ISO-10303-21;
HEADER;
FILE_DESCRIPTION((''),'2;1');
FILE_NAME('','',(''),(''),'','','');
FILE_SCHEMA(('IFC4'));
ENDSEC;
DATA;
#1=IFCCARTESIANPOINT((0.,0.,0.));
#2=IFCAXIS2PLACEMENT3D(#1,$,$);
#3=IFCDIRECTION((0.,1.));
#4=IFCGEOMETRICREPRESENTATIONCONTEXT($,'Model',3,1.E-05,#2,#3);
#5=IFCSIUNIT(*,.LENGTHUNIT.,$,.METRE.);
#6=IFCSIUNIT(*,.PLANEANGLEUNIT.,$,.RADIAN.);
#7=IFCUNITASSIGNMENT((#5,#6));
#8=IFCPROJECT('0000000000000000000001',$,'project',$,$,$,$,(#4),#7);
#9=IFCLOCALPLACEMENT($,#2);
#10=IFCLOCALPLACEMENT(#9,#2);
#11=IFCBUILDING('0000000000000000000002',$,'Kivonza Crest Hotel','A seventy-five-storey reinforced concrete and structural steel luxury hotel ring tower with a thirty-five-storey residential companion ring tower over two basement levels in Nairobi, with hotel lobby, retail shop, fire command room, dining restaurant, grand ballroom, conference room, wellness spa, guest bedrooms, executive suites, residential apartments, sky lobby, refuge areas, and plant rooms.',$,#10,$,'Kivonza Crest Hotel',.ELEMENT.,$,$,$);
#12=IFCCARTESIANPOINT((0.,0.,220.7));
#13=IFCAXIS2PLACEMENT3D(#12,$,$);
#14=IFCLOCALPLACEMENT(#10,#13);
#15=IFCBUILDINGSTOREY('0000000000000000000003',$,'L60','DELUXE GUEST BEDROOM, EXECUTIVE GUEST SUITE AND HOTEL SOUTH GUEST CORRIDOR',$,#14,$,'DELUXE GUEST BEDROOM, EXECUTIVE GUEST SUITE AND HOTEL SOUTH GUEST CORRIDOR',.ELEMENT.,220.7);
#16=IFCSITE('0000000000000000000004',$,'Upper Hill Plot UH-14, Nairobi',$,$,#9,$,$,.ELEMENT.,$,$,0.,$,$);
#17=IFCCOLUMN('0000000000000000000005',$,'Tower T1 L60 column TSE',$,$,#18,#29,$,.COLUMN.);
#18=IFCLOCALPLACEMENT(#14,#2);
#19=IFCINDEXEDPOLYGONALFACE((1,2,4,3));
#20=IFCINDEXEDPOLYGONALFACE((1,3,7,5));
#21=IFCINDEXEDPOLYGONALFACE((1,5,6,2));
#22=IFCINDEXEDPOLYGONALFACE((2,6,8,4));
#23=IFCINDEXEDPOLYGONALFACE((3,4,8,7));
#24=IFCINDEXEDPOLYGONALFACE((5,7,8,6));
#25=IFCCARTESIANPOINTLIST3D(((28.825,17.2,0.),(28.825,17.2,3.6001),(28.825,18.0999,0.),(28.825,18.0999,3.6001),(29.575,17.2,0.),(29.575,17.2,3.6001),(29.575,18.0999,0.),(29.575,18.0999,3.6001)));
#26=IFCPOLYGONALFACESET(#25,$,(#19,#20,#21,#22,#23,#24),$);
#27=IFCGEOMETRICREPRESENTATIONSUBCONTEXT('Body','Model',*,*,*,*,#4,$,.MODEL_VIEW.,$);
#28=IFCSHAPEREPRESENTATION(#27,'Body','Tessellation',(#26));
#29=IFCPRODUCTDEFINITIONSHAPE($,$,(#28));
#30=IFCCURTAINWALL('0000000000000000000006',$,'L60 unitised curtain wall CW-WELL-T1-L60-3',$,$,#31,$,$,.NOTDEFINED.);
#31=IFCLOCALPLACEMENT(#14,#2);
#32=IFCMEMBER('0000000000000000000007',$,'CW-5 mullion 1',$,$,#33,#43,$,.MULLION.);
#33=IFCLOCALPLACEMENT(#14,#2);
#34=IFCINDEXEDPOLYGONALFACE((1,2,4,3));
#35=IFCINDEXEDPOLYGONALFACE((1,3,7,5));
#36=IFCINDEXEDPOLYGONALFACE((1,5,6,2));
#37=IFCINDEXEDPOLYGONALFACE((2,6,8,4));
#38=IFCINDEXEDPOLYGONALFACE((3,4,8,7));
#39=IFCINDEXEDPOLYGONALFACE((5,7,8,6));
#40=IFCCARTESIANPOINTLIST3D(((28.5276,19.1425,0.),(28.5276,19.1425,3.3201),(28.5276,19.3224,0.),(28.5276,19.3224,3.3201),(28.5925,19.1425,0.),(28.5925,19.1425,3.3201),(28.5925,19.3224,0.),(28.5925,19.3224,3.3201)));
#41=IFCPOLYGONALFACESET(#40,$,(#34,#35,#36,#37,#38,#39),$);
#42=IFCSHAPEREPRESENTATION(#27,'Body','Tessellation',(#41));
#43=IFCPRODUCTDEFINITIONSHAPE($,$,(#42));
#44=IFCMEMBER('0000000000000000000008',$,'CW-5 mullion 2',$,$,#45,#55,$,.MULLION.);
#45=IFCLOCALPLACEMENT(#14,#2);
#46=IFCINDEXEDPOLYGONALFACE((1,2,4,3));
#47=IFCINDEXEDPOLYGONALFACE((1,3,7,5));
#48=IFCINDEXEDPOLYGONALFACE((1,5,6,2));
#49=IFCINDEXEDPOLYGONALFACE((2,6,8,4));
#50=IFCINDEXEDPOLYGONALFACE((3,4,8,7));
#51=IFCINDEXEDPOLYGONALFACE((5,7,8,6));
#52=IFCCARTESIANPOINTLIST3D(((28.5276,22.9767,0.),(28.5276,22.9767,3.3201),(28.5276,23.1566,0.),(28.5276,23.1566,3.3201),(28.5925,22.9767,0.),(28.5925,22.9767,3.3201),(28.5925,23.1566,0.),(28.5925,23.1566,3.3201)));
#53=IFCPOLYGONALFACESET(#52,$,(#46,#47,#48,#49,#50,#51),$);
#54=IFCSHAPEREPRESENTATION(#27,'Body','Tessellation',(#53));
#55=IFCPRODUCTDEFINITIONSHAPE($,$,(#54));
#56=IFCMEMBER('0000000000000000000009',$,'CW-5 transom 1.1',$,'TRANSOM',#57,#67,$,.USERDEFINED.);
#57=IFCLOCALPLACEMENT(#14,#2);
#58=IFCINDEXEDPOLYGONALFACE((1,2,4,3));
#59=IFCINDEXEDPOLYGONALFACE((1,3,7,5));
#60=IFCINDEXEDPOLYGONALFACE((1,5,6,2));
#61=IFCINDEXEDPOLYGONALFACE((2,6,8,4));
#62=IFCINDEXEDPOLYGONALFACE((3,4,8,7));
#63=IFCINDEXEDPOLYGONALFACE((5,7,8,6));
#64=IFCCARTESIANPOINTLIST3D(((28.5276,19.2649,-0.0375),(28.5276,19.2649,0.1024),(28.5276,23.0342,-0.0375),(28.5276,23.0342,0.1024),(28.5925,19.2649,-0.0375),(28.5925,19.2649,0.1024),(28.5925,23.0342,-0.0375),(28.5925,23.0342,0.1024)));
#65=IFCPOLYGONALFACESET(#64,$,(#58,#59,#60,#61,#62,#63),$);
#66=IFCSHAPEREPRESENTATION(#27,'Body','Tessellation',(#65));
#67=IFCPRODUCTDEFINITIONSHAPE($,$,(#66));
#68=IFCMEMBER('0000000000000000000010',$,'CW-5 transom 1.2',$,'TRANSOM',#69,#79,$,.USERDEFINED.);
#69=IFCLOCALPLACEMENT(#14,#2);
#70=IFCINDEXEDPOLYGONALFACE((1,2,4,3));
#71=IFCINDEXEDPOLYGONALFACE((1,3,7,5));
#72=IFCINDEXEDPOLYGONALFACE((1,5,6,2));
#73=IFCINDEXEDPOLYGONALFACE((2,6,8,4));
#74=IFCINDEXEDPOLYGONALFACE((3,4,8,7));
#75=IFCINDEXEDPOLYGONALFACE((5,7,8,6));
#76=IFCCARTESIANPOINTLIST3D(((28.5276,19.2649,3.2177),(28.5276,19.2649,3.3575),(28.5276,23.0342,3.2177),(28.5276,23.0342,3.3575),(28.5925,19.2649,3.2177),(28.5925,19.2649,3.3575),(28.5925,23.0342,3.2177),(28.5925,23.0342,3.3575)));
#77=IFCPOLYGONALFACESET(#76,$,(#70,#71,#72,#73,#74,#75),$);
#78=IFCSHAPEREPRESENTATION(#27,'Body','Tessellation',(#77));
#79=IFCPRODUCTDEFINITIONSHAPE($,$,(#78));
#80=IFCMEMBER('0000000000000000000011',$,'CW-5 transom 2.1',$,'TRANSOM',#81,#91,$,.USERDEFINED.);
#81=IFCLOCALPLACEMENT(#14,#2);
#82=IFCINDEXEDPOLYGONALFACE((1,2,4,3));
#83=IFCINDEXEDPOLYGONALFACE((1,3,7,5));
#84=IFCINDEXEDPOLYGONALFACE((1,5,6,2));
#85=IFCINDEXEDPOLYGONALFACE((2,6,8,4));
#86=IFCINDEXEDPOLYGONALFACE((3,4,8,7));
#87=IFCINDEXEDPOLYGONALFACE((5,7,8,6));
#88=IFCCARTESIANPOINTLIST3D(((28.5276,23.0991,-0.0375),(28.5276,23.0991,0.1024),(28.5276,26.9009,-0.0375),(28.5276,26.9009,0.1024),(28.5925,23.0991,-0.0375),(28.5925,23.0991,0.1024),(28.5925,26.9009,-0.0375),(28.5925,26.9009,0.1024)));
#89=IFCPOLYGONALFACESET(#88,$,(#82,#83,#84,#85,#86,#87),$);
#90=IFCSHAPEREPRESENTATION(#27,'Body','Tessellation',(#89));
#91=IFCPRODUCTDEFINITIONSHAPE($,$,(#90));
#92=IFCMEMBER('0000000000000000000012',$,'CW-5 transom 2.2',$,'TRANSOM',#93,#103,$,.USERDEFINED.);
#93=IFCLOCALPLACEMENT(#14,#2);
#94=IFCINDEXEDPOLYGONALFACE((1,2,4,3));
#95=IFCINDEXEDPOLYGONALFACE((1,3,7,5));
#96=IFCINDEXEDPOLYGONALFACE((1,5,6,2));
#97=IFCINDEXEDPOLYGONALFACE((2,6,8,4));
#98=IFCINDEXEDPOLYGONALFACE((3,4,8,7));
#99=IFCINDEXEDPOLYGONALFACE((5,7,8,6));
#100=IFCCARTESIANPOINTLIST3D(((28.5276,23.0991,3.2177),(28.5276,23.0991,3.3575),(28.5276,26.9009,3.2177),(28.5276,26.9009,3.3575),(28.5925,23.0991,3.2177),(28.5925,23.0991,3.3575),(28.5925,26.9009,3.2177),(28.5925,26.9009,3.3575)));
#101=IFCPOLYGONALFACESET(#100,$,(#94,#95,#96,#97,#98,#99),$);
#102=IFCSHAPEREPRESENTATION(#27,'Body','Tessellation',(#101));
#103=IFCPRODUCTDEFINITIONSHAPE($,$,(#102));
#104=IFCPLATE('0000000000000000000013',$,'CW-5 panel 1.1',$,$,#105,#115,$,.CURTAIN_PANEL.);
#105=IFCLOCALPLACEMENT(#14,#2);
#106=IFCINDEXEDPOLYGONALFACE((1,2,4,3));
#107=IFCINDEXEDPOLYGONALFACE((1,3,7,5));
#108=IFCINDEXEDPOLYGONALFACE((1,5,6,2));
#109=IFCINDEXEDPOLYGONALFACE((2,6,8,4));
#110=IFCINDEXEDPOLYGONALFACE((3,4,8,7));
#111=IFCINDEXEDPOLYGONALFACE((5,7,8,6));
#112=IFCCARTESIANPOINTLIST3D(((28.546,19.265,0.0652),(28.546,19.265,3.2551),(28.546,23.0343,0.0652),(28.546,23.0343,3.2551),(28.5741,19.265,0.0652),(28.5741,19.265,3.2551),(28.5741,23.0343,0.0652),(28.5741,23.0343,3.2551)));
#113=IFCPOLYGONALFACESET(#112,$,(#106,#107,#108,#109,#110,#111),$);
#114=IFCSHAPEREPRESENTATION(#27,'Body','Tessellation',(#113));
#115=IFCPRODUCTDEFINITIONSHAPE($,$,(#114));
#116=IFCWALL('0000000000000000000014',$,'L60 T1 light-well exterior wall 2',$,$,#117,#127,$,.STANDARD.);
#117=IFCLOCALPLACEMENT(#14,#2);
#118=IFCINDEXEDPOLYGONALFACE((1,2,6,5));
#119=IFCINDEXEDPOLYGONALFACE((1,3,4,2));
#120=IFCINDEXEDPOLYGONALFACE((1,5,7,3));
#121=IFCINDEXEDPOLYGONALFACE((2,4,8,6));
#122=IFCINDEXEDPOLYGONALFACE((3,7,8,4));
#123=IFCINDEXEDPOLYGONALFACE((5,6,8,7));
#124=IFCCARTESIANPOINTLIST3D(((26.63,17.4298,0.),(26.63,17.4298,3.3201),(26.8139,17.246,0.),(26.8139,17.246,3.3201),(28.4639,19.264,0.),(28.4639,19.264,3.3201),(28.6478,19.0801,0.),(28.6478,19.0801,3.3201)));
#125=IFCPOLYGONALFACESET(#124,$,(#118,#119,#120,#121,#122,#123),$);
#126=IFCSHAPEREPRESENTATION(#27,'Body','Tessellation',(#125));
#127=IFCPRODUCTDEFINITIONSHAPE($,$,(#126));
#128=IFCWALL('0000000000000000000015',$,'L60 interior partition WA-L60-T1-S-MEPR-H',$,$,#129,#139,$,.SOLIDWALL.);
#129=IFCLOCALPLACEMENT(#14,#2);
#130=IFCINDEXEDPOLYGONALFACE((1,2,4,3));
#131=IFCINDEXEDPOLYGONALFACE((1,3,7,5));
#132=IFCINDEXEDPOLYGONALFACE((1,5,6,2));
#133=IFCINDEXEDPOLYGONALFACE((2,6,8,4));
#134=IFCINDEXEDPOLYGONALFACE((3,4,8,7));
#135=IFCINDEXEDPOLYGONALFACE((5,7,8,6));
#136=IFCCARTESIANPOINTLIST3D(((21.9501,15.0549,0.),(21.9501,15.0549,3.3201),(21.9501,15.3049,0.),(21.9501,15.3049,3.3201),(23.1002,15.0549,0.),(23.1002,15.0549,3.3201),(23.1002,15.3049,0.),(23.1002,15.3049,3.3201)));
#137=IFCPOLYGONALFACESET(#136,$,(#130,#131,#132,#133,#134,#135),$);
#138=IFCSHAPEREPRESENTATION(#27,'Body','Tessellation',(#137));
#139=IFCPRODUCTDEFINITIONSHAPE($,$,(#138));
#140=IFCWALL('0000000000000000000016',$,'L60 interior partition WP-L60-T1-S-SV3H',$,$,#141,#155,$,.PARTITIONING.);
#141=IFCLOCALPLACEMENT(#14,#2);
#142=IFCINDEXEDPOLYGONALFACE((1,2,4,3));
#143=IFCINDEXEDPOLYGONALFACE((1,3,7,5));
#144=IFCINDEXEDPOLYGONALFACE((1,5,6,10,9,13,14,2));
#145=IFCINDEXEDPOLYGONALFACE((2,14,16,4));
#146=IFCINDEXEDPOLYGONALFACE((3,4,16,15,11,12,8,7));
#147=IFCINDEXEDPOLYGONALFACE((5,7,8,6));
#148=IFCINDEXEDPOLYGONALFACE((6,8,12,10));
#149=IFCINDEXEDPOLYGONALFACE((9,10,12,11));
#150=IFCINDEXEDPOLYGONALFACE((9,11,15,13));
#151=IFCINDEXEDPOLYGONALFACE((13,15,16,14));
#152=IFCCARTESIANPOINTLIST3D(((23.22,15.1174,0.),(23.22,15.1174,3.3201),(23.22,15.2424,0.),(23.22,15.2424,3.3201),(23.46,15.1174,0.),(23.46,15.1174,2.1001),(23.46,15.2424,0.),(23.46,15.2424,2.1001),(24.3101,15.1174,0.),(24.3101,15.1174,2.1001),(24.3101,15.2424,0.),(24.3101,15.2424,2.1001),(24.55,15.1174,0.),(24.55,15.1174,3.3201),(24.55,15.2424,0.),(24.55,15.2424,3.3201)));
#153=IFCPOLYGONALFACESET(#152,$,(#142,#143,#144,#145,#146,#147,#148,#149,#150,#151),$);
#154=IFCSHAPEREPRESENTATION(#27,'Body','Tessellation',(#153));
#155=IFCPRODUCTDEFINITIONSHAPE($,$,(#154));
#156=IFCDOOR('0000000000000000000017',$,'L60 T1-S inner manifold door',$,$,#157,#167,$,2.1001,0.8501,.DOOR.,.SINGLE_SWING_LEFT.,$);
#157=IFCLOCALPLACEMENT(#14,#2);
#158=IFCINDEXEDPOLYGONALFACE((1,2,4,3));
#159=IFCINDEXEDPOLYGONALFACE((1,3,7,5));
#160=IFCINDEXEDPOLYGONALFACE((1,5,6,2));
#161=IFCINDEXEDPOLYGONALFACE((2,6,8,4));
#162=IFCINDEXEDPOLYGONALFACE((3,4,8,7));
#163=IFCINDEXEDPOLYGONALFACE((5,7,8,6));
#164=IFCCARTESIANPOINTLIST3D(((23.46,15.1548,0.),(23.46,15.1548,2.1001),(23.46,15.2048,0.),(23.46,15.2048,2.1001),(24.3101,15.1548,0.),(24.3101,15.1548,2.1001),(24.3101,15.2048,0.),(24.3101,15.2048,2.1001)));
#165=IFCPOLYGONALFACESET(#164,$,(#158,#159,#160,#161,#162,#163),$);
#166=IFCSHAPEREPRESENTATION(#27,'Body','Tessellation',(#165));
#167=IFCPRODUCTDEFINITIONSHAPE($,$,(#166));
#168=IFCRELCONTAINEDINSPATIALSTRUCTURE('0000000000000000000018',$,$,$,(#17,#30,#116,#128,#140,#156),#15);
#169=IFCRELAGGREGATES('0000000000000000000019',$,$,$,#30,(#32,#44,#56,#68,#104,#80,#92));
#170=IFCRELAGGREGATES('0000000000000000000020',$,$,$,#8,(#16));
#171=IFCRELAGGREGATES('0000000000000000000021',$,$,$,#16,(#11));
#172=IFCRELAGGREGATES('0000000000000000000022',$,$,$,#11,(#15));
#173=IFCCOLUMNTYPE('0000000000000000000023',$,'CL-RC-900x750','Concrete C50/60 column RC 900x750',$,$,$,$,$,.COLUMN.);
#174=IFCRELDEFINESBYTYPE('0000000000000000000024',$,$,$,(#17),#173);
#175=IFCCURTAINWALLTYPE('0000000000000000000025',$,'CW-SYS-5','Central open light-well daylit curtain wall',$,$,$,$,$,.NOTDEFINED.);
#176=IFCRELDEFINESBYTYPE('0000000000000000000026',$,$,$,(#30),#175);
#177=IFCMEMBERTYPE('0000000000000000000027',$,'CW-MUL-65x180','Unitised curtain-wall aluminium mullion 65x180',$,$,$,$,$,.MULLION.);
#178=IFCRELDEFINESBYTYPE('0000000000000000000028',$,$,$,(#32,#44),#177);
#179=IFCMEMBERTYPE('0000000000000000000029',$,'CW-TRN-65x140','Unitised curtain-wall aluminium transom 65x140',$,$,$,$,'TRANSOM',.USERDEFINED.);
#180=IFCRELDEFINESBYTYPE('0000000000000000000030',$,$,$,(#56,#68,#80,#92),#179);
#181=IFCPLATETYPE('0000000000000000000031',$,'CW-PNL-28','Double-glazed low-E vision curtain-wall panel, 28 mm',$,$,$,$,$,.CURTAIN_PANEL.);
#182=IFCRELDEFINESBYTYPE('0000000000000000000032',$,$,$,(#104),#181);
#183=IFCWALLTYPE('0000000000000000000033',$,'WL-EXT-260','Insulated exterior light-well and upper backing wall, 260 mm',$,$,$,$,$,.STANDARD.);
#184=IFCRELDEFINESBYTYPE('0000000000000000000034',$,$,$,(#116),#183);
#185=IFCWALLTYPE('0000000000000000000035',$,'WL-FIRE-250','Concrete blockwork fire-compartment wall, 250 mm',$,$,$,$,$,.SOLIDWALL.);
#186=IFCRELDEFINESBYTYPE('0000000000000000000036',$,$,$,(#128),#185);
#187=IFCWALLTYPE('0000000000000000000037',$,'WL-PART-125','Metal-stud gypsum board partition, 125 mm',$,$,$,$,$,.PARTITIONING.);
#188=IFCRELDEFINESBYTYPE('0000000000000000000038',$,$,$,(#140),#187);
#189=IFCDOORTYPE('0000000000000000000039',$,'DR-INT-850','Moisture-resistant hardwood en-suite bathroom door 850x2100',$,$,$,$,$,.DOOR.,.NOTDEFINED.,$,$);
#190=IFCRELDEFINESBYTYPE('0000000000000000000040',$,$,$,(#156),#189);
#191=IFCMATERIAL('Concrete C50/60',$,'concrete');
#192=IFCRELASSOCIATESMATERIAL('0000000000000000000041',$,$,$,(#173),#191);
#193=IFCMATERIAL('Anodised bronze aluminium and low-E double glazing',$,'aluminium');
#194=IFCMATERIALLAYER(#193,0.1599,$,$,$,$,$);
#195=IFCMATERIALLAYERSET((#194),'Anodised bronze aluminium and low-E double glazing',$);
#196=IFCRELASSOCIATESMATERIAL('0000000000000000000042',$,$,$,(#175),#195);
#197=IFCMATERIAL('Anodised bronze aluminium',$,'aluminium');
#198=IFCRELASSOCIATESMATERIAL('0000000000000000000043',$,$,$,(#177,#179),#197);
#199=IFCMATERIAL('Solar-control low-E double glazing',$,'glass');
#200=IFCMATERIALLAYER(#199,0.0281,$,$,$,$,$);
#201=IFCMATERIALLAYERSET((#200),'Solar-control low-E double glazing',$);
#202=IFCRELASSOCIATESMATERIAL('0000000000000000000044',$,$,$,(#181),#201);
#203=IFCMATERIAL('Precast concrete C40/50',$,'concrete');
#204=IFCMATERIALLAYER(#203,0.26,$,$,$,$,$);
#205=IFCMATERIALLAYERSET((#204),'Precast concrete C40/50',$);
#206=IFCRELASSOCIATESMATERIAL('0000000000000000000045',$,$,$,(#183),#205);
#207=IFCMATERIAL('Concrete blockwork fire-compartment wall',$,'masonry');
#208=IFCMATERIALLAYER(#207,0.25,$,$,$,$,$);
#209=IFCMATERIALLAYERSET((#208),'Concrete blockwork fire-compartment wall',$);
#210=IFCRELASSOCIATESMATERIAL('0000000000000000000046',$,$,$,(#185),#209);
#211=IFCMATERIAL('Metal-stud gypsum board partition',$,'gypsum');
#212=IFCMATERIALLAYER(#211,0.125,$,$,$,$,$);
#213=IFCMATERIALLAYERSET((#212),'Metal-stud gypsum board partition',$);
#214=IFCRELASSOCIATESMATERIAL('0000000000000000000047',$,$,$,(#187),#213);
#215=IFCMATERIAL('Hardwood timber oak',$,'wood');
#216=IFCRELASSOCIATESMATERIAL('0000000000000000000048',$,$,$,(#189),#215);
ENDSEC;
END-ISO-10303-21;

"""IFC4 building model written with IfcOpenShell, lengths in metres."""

from ifc_helpers import new_model, si_unit, direction, frame, frame_2d, origin, origin_2d, place, context, subcontext, project, spatial, rectangle, extrude, material, layer, layer_set, material_profile, profile_set, type_object, element, fill, aggregate, save


model = new_model("IFC4")

# Units and contexts
model_context = context("Model", 3, precision=1e-05, world=origin(), true_north=direction((0.0, 1.0)))
body_context = subcontext(model_context, "Body", "Model", "MODEL_VIEW")
ifc_project = project(units=[si_unit("LENGTHUNIT", "METRE"), si_unit("PLANEANGLEUNIT", "RADIAN")], contexts=[model_context])

# Site, building, storey
site_placement = place(None, origin())
site = spatial("IfcSite", under=ifc_project, at=site_placement, Name="Upper Hill Plot UH-14, Nairobi", CompositionType="ELEMENT", RefElevation=0.0)
building_placement = place(site_placement, origin())
building = spatial("IfcBuilding", under=site, at=building_placement, Name="Kivonza Crest Hotel", Description="A seventy-five-storey reinforced concrete and structural steel luxury hotel ring tower with a thirty-five-storey residential companion ring tower over two basement levels in Nairobi, with hotel lobby, retail shop, fire command room, dining restaurant, grand ballroom, conference room, wellness spa, guest bedrooms, executive suites, residential apartments, sky lobby, refuge areas, and plant rooms.", LongName="Kivonza Crest Hotel", CompositionType="ELEMENT")
storey_placement = place(building_placement, frame((0.0, 0.0, 220.7)))
storey = spatial("IfcBuildingStorey", under=building, at=storey_placement, Name="L60", Description="DELUXE GUEST BEDROOM, EXECUTIVE GUEST SUITE AND HOTEL SOUTH GUEST CORRIDOR", LongName="DELUXE GUEST BEDROOM, EXECUTIVE GUEST SUITE AND HOTEL SOUTH GUEST CORRIDOR", CompositionType="ELEMENT", Elevation=220.7)

# Column
ifc_material_1 = material(Name="Concrete C50/60", Category="concrete")
ifc_material_profile_1 = material_profile(ifc_material_1, rectangle(XDim=0.75, YDim=0.8999, at=origin_2d()), Name="RC 900x750")
ifc_profile_set_1 = profile_set([ifc_material_profile_1], Name="Concrete C50/60")
column_type = type_object("IfcColumnType", Name="CL-RC-900x750", Description="Concrete C50/60 column RC 900x750", PredefinedType="COLUMN", material=ifc_profile_set_1)
column_placement = place(storey_placement, frame((29.2, 17.6499, 0.0), z_axis=(0.0, 0.0, 1.0), x_axis=(1.0, 0.0, 0.0)))
element("IfcColumn", 1, at=column_placement, inside=storey, type_object=column_type, Name="Tower T1 L60 column TSE", PredefinedType="COLUMN", context=body_context, shape_type="SweptSolid", body=[
    extrude(rectangle(XDim=0.75, YDim=0.8999, at=origin_2d()), origin(), (0.0, 0.0, 1.0), 3.6001),
])

# Curtain wall, members, plate
ifc_material_2 = material(Name="Anodised bronze aluminium and low-E double glazing", Category="aluminium")
ifc_layer_1 = layer(ifc_material_2, 0.1599)
ifc_layer_set_1 = layer_set([ifc_layer_1], Name="Anodised bronze aluminium and low-E double glazing")
curtain_wall_type = type_object("IfcCurtainWallType", Name="CW-SYS-5", Description="Central open light-well daylit curtain wall", PredefinedType="NOTDEFINED", material=ifc_layer_set_1)
curtain_wall_placement = place(storey_placement, origin())
curtain_wall = element("IfcCurtainWall", 2, at=curtain_wall_placement, inside=storey, type_object=curtain_wall_type, Name="L60 unitised curtain wall CW-WELL-T1-L60-3", PredefinedType="NOTDEFINED")
ifc_material_3 = material(Name="Anodised bronze aluminium", Category="aluminium")
ifc_material_profile_2 = material_profile(ifc_material_3, rectangle(XDim=0.0649, YDim=0.1799, at=origin_2d()), Name="CW-M 65x180")
ifc_profile_set_2 = profile_set([ifc_material_profile_2], Name="Anodised bronze aluminium")
member_type_1 = type_object("IfcMemberType", Name="CW-MUL-65x180", Description="Unitised curtain-wall aluminium mullion 65x180", PredefinedType="MULLION", material=ifc_profile_set_2)
member_1_placement = place(storey_placement, frame((28.5601, 19.2324, 0.0), z_axis=(0.0, 0.0, 1.0), x_axis=(-1.0, 0.0, 0.0)))
member_1 = element("IfcMember", 3, at=member_1_placement, type_object=member_type_1, Name="CW-5 mullion 1", PredefinedType="MULLION", context=body_context, shape_type="SweptSolid", body=[
    extrude(rectangle(XDim=0.0649, YDim=0.1799, at=origin_2d()), origin(), (0.0, 0.0, 1.0), 3.3201),
])
member_2_placement = place(storey_placement, frame((28.5601, 23.0667, 0.0), z_axis=(0.0, 0.0, 1.0), x_axis=(-1.0, 0.0, 0.0)))
member_2 = element("IfcMember", 4, at=member_2_placement, type_object=member_type_1, Name="CW-5 mullion 2", PredefinedType="MULLION", context=body_context, shape_type="SweptSolid", body=[
    extrude(rectangle(XDim=0.0649, YDim=0.1799, at=origin_2d()), origin(), (0.0, 0.0, 1.0), 3.3201),
])
ifc_material_profile_3 = material_profile(ifc_material_3, rectangle(XDim=0.0649, YDim=0.1399, at=origin_2d()), Name="CW-T 65x140")
ifc_profile_set_3 = profile_set([ifc_material_profile_3], Name="Anodised bronze aluminium")
member_type_2 = type_object("IfcMemberType", Name="CW-TRN-65x140", Description="Unitised curtain-wall aluminium transom 65x140", ElementType="TRANSOM", PredefinedType="USERDEFINED", material=ifc_profile_set_3)
member_3_placement = place(storey_placement, frame((28.5601, 19.2649, 0.0325), z_axis=(0.0, 1.0, 0.0), x_axis=(-1.0, 0.0, 0.0)))
member_3 = element("IfcMember", 5, at=member_3_placement, type_object=member_type_2, Name="CW-5 transom 1.1", ObjectType="TRANSOM", PredefinedType="USERDEFINED", context=body_context, shape_type="SweptSolid", body=[
    extrude(rectangle(XDim=0.0649, YDim=0.1399, at=origin_2d()), origin(), (0.0, 0.0, 1.0), 3.7693),
])
member_4_placement = place(storey_placement, frame((28.5601, 19.2649, 3.2876), z_axis=(0.0, 1.0, 0.0), x_axis=(-1.0, 0.0, 0.0)))
member_4 = element("IfcMember", 6, at=member_4_placement, type_object=member_type_2, Name="CW-5 transom 1.2", ObjectType="TRANSOM", PredefinedType="USERDEFINED", context=body_context, shape_type="SweptSolid", body=[
    extrude(rectangle(XDim=0.0649, YDim=0.1399, at=origin_2d()), origin(), (0.0, 0.0, 1.0), 3.7693),
])
member_5_placement = place(storey_placement, frame((28.5601, 23.0991, 0.0325), z_axis=(0.0, 1.0, 0.0), x_axis=(-1.0, 0.0, 0.0)))
member_5 = element("IfcMember", 7, at=member_5_placement, type_object=member_type_2, Name="CW-5 transom 2.1", ObjectType="TRANSOM", PredefinedType="USERDEFINED", context=body_context, shape_type="SweptSolid", body=[
    extrude(rectangle(XDim=0.0649, YDim=0.1399, at=origin_2d()), origin(), (0.0, 0.0, 1.0), 3.8018),
])
member_6_placement = place(storey_placement, frame((28.5601, 23.0991, 3.2876), z_axis=(0.0, 1.0, 0.0), x_axis=(-1.0, 0.0, 0.0)))
member_6 = element("IfcMember", 8, at=member_6_placement, type_object=member_type_2, Name="CW-5 transom 2.2", ObjectType="TRANSOM", PredefinedType="USERDEFINED", context=body_context, shape_type="SweptSolid", body=[
    extrude(rectangle(XDim=0.0649, YDim=0.1399, at=origin_2d()), origin(), (0.0, 0.0, 1.0), 3.8018),
])
ifc_material_4 = material(Name="Solar-control low-E double glazing", Category="glass")
ifc_layer_2 = layer(ifc_material_4, 0.0281)
ifc_layer_set_2 = layer_set([ifc_layer_2], Name="Solar-control low-E double glazing")
plate_type = type_object("IfcPlateType", Name="CW-PNL-28", Description="Double-glazed low-E vision curtain-wall panel, 28 mm", PredefinedType="CURTAIN_PANEL", material=ifc_layer_set_2)
plate_placement = place(storey_placement, frame((28.5601, 21.1497, 0.0652), z_axis=(0.0, 0.0, 1.0), x_axis=(0.0, 1.0, 0.0)))
plate = element("IfcPlate", 9, at=plate_placement, type_object=plate_type, Name="CW-5 panel 1.1", PredefinedType="CURTAIN_PANEL", context=body_context, shape_type="SweptSolid", body=[
    extrude(rectangle(XDim=3.7693, YDim=0.0281, at=origin_2d()), origin(), (0.0, 0.0, 1.0), 3.1899),
])
aggregate(curtain_wall, [member_1, member_2, member_3, member_4, plate, member_5, member_6])

# Walls
ifc_material_5 = material(Name="Precast concrete C40/50", Category="concrete")
ifc_layer_3 = layer(ifc_material_5, 0.26)
ifc_layer_set_3 = layer_set([ifc_layer_3], Name="Precast concrete C40/50")
wall_type_1 = type_object("IfcWallType", Name="WL-EXT-260", Description="Insulated exterior light-well and upper backing wall, 260 mm", PredefinedType="STANDARD", material=ifc_layer_set_3)
wall_1_placement = place(storey_placement, frame((26.7219, 17.3379, 0.0), z_axis=(0.0, 0.0, 1.0), x_axis=(0.70706, 0.707154, 0.0)))
element("IfcWall", 10, at=wall_1_placement, inside=storey, type_object=wall_type_1, Name="L60 T1 light-well exterior wall 2", PredefinedType="STANDARD", context=body_context, shape_type="SweptSolid", body=[
    extrude(rectangle(XDim=2.5938, YDim=0.26, at=frame_2d((1.2969, 0.0))), origin(), (0.0, 0.0, 1.0), 3.3201),
])
ifc_material_6 = material(Name="Concrete blockwork fire-compartment wall", Category="masonry")
ifc_layer_4 = layer(ifc_material_6, 0.25)
ifc_layer_set_4 = layer_set([ifc_layer_4], Name="Concrete blockwork fire-compartment wall")
wall_type_2 = type_object("IfcWallType", Name="WL-FIRE-250", Description="Concrete blockwork fire-compartment wall, 250 mm", PredefinedType="SOLIDWALL", material=ifc_layer_set_4)
wall_2_placement = place(storey_placement, frame((21.95, 15.1799, 0.0), z_axis=(0.0, 0.0, 1.0), x_axis=(1.0, 0.0, 0.0)))
element("IfcWall", 11, at=wall_2_placement, inside=storey, type_object=wall_type_2, Name="L60 interior partition WA-L60-T1-S-MEPR-H", PredefinedType="SOLIDWALL", context=body_context, shape_type="SweptSolid", body=[
    extrude(rectangle(XDim=1.1501, YDim=0.25, at=frame_2d((0.5752, 0.0))), origin(), (0.0, 0.0, 1.0), 3.3201),
])

# Wall, opening, door
ifc_material_7 = material(Name="Metal-stud gypsum board partition", Category="gypsum")
ifc_layer_5 = layer(ifc_material_7, 0.125)
ifc_layer_set_5 = layer_set([ifc_layer_5], Name="Metal-stud gypsum board partition")
wall_type_3 = type_object("IfcWallType", Name="WL-PART-125", Description="Metal-stud gypsum board partition, 125 mm", PredefinedType="PARTITIONING", material=ifc_layer_set_5)
wall_3_placement = place(storey_placement, frame((23.22, 15.1799, 0.0), z_axis=(0.0, 0.0, 1.0), x_axis=(1.0, 0.0, 0.0)))
wall_3 = element("IfcWall", 12, at=wall_3_placement, inside=storey, type_object=wall_type_3, Name="L60 interior partition WP-L60-T1-S-SV3H", PredefinedType="PARTITIONING", context=body_context, shape_type="SweptSolid", body=[
    extrude(rectangle(XDim=1.3301, YDim=0.125, at=frame_2d((0.665, 0.0))), origin(), (0.0, 0.0, 1.0), 3.3201),
])
opening_placement = place(wall_3_placement, frame((0.24, 0.0, 0.0)))
opening = element("IfcOpeningElement", 13, at=opening_placement, cuts=wall_3, PredefinedType="OPENING", context=body_context, shape_type="SweptSolid", body=[
    extrude(rectangle(XDim=0.8501, YDim=2.1001, at=frame_2d((0.425, 1.05))), frame((0.0, 0.0725, 0.0), z_axis=(0.0, -1.0, 0.0), x_axis=(1.0, 0.0, 0.0)), (0.0, 0.0, 1.0), 0.145),
])
ifc_material_8 = material(Name="Hardwood timber oak", Category="wood")
door_type = type_object("IfcDoorType", Name="DR-INT-850", Description="Moisture-resistant hardwood en-suite bathroom door 850x2100", OperationType="NOTDEFINED", PredefinedType="DOOR", material=ifc_material_8)
door_placement = place(opening_placement, origin())
door = element("IfcDoor", 14, at=door_placement, inside=storey, type_object=door_type, Name="L60 T1-S inner manifold door", OperationType="SINGLE_SWING_LEFT", OverallHeight=2.1001, OverallWidth=0.8501, PredefinedType="DOOR", context=body_context, shape_type="SweptSolid", body=[
    extrude(rectangle(XDim=0.8501, YDim=2.1001, at=frame_2d((0.425, 1.05))), frame((0.0, 0.0249, 0.0), z_axis=(0.0, -1.0, 0.0), x_axis=(1.0, 0.0, 0.0)), (0.0, 0.0, 1.0), 0.05),
])
fill(opening, door)

save(model, "model.ifc")
